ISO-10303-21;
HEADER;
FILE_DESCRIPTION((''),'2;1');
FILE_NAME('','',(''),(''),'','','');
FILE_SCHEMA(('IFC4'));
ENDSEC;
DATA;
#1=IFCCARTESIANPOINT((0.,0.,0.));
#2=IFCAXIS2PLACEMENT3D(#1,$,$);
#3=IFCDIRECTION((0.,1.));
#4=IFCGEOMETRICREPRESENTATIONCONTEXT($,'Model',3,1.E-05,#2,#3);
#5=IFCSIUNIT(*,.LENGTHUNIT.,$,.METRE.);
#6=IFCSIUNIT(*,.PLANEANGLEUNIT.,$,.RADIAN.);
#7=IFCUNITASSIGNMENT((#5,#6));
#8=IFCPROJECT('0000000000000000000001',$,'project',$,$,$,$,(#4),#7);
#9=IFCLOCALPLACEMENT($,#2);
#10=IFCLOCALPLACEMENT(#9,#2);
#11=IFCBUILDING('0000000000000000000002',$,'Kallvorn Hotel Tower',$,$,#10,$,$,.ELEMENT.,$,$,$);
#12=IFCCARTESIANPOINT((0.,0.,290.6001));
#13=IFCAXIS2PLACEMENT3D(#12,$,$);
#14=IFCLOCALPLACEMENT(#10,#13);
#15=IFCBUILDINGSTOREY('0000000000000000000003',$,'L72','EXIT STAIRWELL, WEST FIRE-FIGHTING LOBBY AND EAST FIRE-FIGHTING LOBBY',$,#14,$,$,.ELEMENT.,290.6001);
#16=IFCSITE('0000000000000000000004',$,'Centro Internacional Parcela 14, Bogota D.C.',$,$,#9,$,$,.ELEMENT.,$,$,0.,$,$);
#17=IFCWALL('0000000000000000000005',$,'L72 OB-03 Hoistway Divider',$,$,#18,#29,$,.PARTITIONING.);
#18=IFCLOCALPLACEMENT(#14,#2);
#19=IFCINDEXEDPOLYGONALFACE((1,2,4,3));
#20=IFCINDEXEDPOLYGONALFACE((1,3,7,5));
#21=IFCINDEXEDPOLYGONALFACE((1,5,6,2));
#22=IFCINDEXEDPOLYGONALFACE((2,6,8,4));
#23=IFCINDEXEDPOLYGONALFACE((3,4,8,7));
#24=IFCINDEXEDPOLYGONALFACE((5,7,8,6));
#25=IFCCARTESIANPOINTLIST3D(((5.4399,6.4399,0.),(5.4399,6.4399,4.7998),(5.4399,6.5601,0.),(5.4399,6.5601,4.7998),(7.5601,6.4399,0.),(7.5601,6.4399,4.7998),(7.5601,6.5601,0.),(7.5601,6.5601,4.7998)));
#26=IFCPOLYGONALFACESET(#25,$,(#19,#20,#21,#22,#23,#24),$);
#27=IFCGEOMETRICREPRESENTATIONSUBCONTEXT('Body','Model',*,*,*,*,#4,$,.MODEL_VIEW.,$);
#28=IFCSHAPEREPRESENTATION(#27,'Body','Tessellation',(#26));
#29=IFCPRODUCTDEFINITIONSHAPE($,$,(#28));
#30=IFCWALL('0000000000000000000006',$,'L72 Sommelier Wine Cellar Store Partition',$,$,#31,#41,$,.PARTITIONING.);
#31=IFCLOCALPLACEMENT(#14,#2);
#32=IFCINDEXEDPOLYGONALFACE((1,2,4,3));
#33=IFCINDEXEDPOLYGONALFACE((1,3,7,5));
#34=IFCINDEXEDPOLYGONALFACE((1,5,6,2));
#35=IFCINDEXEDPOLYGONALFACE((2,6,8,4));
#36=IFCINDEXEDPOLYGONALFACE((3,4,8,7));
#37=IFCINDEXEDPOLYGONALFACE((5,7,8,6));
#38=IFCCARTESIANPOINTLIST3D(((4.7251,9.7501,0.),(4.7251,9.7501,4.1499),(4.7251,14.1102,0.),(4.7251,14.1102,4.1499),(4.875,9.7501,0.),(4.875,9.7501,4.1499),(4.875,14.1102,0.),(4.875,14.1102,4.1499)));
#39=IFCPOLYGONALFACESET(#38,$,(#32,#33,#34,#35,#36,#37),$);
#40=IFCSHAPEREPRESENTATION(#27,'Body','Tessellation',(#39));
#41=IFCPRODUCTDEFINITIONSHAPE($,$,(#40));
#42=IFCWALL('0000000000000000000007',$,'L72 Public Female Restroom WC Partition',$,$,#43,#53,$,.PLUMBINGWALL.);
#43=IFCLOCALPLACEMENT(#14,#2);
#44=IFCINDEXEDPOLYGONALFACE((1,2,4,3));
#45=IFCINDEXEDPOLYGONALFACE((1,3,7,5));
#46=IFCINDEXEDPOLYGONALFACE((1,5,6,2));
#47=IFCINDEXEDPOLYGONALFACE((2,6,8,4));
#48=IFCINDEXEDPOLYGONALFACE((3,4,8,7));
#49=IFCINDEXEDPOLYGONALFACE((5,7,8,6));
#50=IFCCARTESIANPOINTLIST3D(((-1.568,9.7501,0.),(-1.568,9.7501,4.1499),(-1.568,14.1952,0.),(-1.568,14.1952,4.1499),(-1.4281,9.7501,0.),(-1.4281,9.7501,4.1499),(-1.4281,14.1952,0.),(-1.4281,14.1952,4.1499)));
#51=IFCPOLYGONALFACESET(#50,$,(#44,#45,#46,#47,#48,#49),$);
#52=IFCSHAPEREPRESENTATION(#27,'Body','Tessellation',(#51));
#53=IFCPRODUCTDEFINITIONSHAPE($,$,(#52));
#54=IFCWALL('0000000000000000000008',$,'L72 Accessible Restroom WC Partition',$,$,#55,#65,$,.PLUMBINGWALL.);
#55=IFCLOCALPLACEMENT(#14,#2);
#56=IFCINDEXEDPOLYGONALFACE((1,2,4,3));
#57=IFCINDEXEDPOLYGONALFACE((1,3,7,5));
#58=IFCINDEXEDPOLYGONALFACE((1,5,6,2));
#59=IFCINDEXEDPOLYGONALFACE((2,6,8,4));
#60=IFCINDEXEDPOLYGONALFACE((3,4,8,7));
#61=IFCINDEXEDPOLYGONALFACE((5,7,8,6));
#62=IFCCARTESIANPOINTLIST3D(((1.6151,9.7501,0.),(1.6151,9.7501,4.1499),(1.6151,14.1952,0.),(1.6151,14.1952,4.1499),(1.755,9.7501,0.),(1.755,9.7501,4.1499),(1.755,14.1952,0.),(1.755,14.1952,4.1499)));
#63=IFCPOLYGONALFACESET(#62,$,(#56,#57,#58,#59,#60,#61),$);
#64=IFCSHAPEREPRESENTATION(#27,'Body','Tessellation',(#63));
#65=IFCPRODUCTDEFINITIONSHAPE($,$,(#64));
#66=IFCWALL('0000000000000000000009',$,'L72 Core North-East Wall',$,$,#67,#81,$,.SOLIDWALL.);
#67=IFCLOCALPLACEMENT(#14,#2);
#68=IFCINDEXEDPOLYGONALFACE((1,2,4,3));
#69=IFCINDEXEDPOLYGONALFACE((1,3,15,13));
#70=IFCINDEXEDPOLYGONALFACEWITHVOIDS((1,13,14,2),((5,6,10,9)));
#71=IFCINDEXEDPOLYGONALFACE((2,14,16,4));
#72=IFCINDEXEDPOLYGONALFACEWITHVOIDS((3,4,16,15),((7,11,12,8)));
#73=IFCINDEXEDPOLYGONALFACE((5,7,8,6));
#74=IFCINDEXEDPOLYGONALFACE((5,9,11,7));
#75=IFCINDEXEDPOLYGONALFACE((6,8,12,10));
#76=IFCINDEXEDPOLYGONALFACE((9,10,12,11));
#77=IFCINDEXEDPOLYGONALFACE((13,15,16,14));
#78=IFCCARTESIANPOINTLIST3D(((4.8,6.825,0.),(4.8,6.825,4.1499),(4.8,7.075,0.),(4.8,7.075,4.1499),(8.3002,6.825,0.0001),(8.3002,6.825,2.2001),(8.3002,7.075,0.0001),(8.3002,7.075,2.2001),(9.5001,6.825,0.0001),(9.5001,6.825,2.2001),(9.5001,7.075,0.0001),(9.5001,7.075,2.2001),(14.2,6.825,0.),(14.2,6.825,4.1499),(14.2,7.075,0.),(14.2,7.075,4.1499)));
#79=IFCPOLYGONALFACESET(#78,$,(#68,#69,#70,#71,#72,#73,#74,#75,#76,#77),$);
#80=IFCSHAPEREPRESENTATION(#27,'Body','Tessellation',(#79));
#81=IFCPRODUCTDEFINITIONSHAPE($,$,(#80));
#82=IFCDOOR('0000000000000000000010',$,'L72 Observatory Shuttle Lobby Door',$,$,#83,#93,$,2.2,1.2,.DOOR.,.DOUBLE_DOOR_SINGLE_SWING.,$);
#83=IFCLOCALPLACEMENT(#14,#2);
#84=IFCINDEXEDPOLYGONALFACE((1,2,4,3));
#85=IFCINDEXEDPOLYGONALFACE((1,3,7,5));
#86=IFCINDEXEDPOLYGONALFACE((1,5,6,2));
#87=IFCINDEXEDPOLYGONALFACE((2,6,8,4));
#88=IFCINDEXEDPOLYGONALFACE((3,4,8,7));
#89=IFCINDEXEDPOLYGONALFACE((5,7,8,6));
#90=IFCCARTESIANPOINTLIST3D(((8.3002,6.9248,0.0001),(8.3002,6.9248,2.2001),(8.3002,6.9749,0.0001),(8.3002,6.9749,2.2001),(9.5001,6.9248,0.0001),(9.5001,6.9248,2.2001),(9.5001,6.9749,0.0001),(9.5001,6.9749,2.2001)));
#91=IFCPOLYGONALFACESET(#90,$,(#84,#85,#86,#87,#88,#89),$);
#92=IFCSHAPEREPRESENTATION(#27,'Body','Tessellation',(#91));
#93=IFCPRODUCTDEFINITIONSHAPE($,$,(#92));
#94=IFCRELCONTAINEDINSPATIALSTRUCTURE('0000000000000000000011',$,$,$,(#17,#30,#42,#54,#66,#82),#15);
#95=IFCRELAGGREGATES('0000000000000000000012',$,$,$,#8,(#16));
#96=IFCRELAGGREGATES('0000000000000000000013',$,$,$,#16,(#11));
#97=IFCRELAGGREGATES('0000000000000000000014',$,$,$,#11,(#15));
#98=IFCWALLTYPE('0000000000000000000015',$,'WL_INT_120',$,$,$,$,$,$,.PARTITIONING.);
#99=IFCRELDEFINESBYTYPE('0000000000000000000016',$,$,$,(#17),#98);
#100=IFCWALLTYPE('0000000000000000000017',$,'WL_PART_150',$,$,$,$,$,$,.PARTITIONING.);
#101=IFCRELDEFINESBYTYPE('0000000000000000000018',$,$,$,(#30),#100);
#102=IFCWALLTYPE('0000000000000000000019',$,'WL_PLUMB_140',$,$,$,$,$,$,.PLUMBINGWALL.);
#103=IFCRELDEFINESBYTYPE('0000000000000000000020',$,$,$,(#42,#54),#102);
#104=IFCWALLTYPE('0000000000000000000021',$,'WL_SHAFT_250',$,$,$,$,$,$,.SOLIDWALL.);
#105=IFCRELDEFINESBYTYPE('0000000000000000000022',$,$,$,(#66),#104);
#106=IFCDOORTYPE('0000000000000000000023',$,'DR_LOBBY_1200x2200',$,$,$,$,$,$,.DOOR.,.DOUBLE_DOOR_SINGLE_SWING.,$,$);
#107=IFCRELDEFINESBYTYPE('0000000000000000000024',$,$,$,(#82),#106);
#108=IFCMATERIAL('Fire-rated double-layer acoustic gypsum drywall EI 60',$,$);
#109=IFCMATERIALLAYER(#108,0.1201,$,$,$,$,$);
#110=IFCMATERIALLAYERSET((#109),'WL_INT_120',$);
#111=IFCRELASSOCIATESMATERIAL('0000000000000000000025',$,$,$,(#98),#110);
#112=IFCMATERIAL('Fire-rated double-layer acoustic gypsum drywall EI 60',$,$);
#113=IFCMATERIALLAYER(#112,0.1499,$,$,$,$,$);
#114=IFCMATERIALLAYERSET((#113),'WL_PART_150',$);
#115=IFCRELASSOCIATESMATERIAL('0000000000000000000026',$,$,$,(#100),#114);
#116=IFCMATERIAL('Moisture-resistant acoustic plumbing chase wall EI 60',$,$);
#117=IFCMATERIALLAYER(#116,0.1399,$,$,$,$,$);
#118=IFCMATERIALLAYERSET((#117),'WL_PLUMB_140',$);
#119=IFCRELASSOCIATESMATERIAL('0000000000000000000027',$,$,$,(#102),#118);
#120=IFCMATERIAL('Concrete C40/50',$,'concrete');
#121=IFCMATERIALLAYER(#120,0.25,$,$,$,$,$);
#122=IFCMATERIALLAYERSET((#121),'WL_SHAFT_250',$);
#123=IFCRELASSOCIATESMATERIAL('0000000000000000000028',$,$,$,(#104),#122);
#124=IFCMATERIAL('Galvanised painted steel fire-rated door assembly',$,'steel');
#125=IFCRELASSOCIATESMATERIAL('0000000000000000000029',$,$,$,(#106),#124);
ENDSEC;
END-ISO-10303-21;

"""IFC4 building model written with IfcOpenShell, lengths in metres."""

from ifc_helpers import new_model, si_unit, direction, frame, frame_2d, origin, place, context, subcontext, project, spatial, rectangle, extrude, material, layer, layer_set, type_object, element, fill, save


model = new_model("IFC4")

# Units and contexts
model_context = context("Model", 3, precision=1e-05, world=origin(), true_north=direction((0.0, 1.0)))
body_context = subcontext(model_context, "Body", "Model", "MODEL_VIEW")
ifc_project = project(units=[si_unit("LENGTHUNIT", "METRE"), si_unit("PLANEANGLEUNIT", "RADIAN")], contexts=[model_context])

# Site, building, storey
site_placement = place(None, origin())
site = spatial("IfcSite", under=ifc_project, at=site_placement, Name="Centro Internacional Parcela 14, Bogota D.C.", CompositionType="ELEMENT", RefElevation=0.0)
building_placement = place(site_placement, origin())
building = spatial("IfcBuilding", under=site, at=building_placement, Name="Kallvorn Hotel Tower", CompositionType="ELEMENT")
storey_placement = place(building_placement, frame((0.0, 0.0, 290.6001)))
storey = spatial("IfcBuildingStorey", under=building, at=storey_placement, Name="L72", Description="EXIT STAIRWELL, WEST FIRE-FIGHTING LOBBY AND EAST FIRE-FIGHTING LOBBY", CompositionType="ELEMENT", Elevation=290.6001)

# Walls
ifc_material_1 = material(Name="Fire-rated double-layer acoustic gypsum drywall EI 60")
ifc_layer_1 = layer(ifc_material_1, 0.1201)
ifc_layer_set_1 = layer_set([ifc_layer_1], Name="WL_INT_120")
wall_type_1 = type_object("IfcWallType", Name="WL_INT_120", PredefinedType="PARTITIONING", material=ifc_layer_set_1)
wall_1_placement = place(storey_placement, frame((5.4399, 6.5, 0.0), z_axis=(0.0, 0.0, 1.0), x_axis=(1.0, 0.0, 0.0)))
element("IfcWall", 1, at=wall_1_placement, inside=storey, type_object=wall_type_1, Name="L72 OB-03 Hoistway Divider", PredefinedType="PARTITIONING", context=body_context, shape_type="SweptSolid", body=[
    extrude(rectangle(XDim=2.1201, YDim=0.1201, at=frame_2d((1.0601, 0.0))), origin(), (0.0, 0.0, 1.0), 4.7998),
])
ifc_material_2 = material(Name="Fire-rated double-layer acoustic gypsum drywall EI 60")
ifc_layer_2 = layer(ifc_material_2, 0.1499)
ifc_layer_set_2 = layer_set([ifc_layer_2], Name="WL_PART_150")
wall_type_2 = type_object("IfcWallType", Name="WL_PART_150", PredefinedType="PARTITIONING", material=ifc_layer_set_2)
wall_2_placement = place(storey_placement, frame((4.8, 9.75, 0.0), z_axis=(0.0, 0.0, 1.0), x_axis=(0.0, 1.0, 0.0)))
element("IfcWall", 2, at=wall_2_placement, inside=storey, type_object=wall_type_2, Name="L72 Sommelier Wine Cellar Store Partition", PredefinedType="PARTITIONING", context=body_context, shape_type="SweptSolid", body=[
    extrude(rectangle(XDim=4.3601, YDim=0.1499, at=frame_2d((2.1802, 0.0))), origin(), (0.0, 0.0, 1.0), 4.1499),
])
ifc_material_3 = material(Name="Moisture-resistant acoustic plumbing chase wall EI 60")
ifc_layer_3 = layer(ifc_material_3, 0.1399)
ifc_layer_set_3 = layer_set([ifc_layer_3], Name="WL_PLUMB_140")
wall_type_3 = type_object("IfcWallType", Name="WL_PLUMB_140", PredefinedType="PLUMBINGWALL", material=ifc_layer_set_3)
for number, where, z_axis, x_axis, name in (
    (3, (-1.498, 9.75, 0.0), (0.0, 0.0, 1.0), (0.0, 1.0, 0.0), "L72 Public Female Restroom WC Partition"),
    (4, (1.6851, 9.75, 0.0), (0.0, 0.0, 1.0), (0.0, 1.0, 0.0), "L72 Accessible Restroom WC Partition"),
):
    element("IfcWall", number, at=place(storey_placement, frame(where, z_axis=z_axis, x_axis=x_axis)), inside=storey, type_object=wall_type_3, Name=name, PredefinedType="PLUMBINGWALL", context=body_context, shape_type="SweptSolid", body=[
        extrude(rectangle(XDim=4.4451, YDim=0.1399, at=frame_2d((2.2227, 0.0))), origin(), (0.0, 0.0, 1.0), 4.1499),
    ])

# Wall, opening, door
ifc_material_4 = material(Name="Concrete C40/50", Category="concrete")
ifc_layer_4 = layer(ifc_material_4, 0.25)
ifc_layer_set_4 = layer_set([ifc_layer_4], Name="WL_SHAFT_250")
wall_type_4 = type_object("IfcWallType", Name="WL_SHAFT_250", PredefinedType="SOLIDWALL", material=ifc_layer_set_4)
wall_3_placement = place(storey_placement, frame((4.8, 6.95, 0.0), z_axis=(0.0, 0.0, 1.0), x_axis=(1.0, 0.0, 0.0)))
wall_3 = element("IfcWall", 5, at=wall_3_placement, inside=storey, type_object=wall_type_4, Name="L72 Core North-East Wall", PredefinedType="SOLIDWALL", context=body_context, shape_type="SweptSolid", body=[
    extrude(rectangle(XDim=9.3999, YDim=0.25, at=frame_2d((4.7, 0.0))), origin(), (0.0, 0.0, 1.0), 4.1499),
])
opening_placement = place(wall_3_placement, frame((3.5, 0.0, 0.0)))
opening = element("IfcOpeningElement", 6, at=opening_placement, cuts=wall_3, PredefinedType="OPENING", context=body_context, shape_type="SweptSolid", body=[
    extrude(rectangle(XDim=1.2, YDim=2.2, at=frame_2d((0.6001, 1.1001))), frame((0.0, 0.1399, 0.0), z_axis=(0.0, -1.0, 0.0), x_axis=(1.0, 0.0, 0.0)), (0.0, 0.0, 1.0), 0.28),
])
ifc_material_5 = material(Name="Galvanised painted steel fire-rated door assembly", Category="steel")
door_type = type_object("IfcDoorType", Name="DR_LOBBY_1200x2200", OperationType="DOUBLE_DOOR_SINGLE_SWING", PredefinedType="DOOR", material=ifc_material_5)
door_placement = place(opening_placement, origin())
door = element("IfcDoor", 7, at=door_placement, inside=storey, type_object=door_type, Name="L72 Observatory Shuttle Lobby Door", OperationType="DOUBLE_DOOR_SINGLE_SWING", OverallHeight=2.2, OverallWidth=1.2, PredefinedType="DOOR", context=body_context, shape_type="SweptSolid", body=[
    extrude(rectangle(XDim=1.2, YDim=2.2, at=frame_2d((0.6001, 1.1001))), frame((0.0, 0.0249, 0.0), z_axis=(0.0, -1.0, 0.0), x_axis=(1.0, 0.0, 0.0)), (0.0, 0.0, 1.0), 0.05),
])
fill(opening, door)

save(model, "model.ifc")
